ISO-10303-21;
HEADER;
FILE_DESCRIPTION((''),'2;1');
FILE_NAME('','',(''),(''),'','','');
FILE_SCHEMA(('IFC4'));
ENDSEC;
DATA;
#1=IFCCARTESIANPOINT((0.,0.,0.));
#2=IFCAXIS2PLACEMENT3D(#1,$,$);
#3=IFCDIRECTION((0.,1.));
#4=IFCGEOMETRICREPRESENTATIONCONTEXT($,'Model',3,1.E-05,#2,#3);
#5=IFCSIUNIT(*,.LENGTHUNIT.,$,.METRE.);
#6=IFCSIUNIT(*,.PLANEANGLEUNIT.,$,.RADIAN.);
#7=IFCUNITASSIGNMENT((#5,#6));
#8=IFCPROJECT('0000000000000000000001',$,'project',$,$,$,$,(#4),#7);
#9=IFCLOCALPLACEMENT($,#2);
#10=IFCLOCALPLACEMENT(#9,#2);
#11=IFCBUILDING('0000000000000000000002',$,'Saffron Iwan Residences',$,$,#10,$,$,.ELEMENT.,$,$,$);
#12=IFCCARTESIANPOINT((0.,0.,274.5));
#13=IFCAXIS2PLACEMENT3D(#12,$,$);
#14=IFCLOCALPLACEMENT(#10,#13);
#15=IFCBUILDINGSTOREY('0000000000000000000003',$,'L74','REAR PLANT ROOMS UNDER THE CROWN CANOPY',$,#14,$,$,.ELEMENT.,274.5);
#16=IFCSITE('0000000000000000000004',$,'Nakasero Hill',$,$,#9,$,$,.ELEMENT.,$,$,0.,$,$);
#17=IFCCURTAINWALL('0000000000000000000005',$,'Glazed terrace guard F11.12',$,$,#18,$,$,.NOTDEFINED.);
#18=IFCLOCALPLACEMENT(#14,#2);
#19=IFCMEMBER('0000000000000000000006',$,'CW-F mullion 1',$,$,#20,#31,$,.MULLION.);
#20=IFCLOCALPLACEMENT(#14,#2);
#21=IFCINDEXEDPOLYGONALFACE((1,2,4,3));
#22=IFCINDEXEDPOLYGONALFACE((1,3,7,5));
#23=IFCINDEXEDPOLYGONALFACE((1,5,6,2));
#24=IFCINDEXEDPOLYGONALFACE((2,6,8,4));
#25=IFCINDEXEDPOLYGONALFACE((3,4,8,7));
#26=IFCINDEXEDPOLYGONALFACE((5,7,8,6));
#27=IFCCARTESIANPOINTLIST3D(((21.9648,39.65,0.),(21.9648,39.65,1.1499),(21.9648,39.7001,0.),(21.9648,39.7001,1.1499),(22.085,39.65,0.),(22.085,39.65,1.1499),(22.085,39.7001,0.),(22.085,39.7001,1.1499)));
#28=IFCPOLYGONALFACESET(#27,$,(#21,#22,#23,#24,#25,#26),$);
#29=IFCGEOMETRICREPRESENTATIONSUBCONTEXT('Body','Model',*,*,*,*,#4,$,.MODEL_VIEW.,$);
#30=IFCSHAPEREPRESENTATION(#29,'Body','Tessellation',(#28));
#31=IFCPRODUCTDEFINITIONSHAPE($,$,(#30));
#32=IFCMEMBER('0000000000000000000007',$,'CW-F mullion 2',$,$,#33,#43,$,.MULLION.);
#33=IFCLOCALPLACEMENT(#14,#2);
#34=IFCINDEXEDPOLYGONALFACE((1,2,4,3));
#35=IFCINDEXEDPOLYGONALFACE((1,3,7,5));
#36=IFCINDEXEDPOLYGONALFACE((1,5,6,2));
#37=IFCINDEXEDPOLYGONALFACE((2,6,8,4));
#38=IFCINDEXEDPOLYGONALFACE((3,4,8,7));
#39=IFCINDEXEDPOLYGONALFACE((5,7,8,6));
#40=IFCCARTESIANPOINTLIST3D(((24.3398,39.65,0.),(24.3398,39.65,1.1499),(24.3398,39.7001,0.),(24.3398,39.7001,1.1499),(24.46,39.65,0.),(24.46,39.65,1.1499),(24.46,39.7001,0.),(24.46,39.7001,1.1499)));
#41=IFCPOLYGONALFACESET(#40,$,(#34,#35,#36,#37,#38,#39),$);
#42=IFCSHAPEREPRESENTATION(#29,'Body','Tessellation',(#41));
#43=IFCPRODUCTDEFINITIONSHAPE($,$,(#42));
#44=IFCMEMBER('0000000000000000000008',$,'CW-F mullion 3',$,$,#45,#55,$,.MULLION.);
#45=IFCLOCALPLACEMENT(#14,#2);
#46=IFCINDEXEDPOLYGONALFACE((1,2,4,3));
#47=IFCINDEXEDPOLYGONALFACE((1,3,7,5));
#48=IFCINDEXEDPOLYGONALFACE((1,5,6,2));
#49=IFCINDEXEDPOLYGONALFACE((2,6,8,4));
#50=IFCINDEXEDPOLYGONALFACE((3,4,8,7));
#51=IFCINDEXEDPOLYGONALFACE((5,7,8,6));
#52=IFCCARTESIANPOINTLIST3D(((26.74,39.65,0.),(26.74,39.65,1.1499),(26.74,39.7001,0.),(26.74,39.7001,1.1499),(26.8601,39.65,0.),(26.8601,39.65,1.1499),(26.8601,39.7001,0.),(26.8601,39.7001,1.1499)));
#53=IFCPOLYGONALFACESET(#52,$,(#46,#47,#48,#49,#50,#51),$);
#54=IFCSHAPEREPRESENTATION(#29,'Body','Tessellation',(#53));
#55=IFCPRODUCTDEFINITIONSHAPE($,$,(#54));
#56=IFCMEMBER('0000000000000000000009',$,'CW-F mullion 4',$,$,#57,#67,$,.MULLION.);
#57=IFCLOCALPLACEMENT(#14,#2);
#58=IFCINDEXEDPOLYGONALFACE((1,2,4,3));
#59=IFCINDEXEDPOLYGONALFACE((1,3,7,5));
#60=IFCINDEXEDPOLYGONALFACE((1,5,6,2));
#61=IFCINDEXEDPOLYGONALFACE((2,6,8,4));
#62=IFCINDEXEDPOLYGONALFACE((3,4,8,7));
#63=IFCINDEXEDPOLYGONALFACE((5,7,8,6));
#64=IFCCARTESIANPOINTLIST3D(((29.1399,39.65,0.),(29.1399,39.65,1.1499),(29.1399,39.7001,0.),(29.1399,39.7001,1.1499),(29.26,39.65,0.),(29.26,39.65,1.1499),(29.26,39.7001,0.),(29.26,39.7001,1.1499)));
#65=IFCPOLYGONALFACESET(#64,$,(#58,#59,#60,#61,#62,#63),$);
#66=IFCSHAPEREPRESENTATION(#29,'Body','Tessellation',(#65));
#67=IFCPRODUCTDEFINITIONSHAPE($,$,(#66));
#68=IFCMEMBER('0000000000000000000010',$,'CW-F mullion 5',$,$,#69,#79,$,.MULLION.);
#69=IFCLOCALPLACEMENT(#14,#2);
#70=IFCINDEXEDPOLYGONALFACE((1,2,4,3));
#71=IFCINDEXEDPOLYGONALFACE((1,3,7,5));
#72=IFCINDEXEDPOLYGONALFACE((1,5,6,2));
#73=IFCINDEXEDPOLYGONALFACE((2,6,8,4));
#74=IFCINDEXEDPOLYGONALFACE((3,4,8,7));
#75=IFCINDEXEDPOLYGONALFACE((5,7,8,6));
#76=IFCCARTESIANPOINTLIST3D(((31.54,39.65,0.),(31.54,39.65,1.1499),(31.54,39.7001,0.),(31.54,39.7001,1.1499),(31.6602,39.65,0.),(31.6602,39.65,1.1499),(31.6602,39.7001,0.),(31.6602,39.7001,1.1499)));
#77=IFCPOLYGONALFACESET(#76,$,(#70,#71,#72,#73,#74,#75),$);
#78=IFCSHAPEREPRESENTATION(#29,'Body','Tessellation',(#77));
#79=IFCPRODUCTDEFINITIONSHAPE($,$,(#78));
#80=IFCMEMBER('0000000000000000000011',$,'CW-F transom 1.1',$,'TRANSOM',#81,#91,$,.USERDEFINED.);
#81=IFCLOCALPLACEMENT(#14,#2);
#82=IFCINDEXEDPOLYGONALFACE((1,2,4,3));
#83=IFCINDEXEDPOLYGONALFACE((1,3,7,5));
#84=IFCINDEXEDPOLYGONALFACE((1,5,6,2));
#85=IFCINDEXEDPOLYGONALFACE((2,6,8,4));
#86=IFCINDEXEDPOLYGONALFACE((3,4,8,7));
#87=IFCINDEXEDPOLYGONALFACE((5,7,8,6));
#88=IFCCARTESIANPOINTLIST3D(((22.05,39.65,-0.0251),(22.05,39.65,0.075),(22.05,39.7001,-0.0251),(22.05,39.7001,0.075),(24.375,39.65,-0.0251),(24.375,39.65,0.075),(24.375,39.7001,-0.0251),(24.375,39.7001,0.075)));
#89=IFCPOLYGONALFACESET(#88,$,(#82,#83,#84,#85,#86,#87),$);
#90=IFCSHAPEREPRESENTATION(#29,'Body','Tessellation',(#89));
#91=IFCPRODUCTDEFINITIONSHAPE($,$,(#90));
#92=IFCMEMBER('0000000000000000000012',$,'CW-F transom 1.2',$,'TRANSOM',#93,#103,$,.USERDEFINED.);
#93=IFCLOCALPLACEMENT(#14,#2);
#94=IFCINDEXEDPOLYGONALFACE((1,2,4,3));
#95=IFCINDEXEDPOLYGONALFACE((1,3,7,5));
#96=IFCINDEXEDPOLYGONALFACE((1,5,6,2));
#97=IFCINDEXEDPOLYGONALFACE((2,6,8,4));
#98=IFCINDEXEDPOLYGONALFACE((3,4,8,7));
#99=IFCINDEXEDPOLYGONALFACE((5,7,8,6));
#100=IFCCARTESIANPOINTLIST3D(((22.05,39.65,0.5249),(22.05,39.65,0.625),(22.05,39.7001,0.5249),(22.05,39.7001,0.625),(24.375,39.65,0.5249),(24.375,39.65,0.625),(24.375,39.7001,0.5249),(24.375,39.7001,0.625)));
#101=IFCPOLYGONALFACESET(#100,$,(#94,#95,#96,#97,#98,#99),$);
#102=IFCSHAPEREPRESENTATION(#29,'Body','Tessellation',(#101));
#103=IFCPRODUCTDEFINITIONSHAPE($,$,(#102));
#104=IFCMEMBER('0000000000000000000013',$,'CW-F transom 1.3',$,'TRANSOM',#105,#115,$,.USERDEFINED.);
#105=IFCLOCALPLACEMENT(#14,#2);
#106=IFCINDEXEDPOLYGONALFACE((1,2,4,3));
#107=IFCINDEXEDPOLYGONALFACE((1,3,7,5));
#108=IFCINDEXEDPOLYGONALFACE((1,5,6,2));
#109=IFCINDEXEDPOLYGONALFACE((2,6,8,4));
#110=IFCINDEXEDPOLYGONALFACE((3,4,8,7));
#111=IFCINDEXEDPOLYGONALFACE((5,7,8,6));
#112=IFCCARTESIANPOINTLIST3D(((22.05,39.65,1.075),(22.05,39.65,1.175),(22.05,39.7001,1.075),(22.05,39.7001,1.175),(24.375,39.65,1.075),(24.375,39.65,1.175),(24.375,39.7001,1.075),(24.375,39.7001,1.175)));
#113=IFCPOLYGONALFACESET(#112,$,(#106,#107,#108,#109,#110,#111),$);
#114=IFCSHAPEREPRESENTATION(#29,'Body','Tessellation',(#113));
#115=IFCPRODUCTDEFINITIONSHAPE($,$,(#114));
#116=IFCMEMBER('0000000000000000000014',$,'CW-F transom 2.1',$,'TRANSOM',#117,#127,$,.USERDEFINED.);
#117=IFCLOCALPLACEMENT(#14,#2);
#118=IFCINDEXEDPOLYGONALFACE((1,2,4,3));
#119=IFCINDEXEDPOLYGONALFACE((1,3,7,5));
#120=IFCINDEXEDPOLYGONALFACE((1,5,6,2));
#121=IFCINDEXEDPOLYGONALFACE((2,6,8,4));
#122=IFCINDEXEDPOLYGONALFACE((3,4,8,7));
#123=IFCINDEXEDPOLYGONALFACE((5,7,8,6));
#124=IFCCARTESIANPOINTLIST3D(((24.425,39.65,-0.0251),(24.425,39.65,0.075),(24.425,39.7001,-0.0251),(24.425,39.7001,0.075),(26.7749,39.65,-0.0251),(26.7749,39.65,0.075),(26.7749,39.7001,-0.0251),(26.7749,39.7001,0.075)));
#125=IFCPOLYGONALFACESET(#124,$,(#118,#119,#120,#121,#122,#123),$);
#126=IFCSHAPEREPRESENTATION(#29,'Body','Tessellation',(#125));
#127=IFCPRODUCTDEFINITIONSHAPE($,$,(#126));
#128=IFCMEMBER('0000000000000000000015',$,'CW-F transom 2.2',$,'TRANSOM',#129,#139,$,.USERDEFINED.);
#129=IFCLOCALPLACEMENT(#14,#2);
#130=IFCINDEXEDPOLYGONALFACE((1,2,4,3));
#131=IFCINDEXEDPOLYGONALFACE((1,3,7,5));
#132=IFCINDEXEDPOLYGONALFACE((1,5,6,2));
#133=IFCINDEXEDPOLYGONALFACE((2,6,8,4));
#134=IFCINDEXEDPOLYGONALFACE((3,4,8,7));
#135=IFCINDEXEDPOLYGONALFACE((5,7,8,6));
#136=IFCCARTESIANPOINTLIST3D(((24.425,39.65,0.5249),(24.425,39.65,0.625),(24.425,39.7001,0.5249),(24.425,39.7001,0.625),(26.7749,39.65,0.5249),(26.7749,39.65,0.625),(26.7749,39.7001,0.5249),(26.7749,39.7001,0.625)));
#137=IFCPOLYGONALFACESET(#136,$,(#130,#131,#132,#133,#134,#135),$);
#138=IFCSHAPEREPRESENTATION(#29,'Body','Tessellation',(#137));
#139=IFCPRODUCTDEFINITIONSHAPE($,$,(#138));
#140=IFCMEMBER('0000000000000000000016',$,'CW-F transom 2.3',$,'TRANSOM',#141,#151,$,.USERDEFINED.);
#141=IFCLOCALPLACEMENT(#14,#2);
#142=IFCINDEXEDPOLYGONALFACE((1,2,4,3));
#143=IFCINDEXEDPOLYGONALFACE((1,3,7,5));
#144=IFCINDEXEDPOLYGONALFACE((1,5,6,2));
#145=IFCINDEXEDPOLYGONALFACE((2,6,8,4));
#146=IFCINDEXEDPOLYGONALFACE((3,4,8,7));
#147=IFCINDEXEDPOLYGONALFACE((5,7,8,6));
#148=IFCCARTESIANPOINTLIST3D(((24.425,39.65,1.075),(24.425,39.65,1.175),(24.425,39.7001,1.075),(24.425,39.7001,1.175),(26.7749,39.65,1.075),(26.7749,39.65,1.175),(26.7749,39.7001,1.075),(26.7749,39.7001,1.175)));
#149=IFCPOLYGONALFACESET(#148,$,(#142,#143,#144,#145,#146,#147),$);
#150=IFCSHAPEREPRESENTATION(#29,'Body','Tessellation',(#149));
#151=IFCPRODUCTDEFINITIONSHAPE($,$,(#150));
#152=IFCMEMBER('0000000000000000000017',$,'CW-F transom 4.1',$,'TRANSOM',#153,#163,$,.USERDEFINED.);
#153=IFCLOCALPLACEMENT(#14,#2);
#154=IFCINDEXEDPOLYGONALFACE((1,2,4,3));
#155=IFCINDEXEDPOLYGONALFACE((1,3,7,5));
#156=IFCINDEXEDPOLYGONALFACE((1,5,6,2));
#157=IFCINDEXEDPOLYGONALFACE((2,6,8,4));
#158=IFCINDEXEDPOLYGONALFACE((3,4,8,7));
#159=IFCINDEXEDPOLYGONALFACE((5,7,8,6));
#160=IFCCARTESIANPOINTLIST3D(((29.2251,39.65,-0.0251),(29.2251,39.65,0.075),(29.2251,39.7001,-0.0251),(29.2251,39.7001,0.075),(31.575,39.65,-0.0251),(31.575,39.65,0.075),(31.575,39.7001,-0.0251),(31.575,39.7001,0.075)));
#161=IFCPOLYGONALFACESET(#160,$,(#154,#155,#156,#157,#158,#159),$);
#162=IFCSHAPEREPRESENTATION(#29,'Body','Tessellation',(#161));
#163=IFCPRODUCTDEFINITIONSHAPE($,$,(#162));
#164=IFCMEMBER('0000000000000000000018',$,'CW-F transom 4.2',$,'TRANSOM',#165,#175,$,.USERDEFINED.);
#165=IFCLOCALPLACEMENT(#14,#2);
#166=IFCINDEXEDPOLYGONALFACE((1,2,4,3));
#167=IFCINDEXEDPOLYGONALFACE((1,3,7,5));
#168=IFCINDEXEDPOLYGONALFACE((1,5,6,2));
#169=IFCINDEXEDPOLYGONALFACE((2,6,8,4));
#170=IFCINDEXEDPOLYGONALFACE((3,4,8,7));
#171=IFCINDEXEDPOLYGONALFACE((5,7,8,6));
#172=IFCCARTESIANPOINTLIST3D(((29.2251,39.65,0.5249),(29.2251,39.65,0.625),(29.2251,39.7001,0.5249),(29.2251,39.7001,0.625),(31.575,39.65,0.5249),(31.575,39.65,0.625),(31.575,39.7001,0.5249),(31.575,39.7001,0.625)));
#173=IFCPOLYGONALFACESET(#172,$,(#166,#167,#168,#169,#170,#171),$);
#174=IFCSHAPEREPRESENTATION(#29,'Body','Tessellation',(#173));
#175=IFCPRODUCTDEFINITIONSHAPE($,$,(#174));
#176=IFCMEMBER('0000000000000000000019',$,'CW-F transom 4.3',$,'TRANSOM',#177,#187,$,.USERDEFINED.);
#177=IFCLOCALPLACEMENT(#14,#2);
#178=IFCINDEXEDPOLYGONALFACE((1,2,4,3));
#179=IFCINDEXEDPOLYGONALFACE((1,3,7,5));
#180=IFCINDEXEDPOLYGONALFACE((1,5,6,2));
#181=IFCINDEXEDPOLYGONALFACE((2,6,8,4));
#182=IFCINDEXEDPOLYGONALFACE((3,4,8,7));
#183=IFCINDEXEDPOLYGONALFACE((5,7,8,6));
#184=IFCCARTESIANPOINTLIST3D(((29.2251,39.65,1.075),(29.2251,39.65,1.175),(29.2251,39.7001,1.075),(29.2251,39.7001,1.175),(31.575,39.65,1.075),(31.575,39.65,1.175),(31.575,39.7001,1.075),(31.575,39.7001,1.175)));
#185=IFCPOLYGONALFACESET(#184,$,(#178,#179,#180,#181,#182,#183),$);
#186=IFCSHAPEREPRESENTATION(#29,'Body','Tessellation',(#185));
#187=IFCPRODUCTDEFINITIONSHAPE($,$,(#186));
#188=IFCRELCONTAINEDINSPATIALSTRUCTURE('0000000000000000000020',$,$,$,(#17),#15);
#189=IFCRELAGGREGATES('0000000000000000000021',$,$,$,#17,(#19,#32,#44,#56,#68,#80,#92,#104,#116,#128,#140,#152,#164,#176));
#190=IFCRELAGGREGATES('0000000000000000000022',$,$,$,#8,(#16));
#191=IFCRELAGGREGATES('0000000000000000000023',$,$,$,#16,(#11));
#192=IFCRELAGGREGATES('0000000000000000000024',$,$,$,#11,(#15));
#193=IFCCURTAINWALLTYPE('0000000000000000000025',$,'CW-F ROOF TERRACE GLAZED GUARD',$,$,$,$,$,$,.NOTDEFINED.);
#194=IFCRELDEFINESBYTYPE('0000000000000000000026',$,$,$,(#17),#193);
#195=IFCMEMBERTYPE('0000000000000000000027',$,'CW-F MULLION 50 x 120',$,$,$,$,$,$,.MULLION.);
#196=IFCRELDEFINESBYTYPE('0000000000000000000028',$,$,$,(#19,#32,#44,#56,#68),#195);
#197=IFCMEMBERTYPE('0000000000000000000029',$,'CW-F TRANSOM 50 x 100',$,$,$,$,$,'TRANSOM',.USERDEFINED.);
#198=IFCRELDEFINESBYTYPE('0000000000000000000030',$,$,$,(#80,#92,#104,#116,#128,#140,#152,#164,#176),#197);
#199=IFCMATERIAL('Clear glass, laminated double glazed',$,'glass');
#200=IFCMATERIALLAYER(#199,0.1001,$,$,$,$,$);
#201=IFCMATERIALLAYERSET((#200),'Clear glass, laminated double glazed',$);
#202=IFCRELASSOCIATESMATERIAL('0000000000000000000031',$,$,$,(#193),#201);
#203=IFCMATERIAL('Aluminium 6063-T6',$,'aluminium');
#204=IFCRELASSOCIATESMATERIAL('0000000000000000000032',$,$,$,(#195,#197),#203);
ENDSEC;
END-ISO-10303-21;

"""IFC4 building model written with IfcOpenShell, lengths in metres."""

from ifc_helpers import new_model, si_unit, direction, frame, origin, origin_2d, place, context, subcontext, project, spatial, rectangle, extrude, source, transform, mapped, material, layer, layer_set, material_profile, profile_set, type_object, element, aggregate, save


model = new_model("IFC4")

# Units and contexts
model_context = context("Model", 3, precision=1e-05, world=origin(), true_north=direction((0.0, 1.0)))
body_context = subcontext(model_context, "Body", "Model", "MODEL_VIEW")
ifc_project = project(units=[si_unit("LENGTHUNIT", "METRE"), si_unit("PLANEANGLEUNIT", "RADIAN")], contexts=[model_context])

# Site, building, storey
site_placement = place(None, origin())
site = spatial("IfcSite", under=ifc_project, at=site_placement, Name="Nakasero Hill", CompositionType="ELEMENT", RefElevation=0.0)
building_placement = place(site_placement, origin())
building = spatial("IfcBuilding", under=site, at=building_placement, Name="Saffron Iwan Residences", CompositionType="ELEMENT")
storey_placement = place(building_placement, frame((0.0, 0.0, 274.5)))
storey = spatial("IfcBuildingStorey", under=building, at=storey_placement, Name="L74", Description="REAR PLANT ROOMS UNDER THE CROWN CANOPY", CompositionType="ELEMENT", Elevation=274.5)

# Curtain wall, members
ifc_material_1 = material(Name="Clear glass, laminated double glazed", Category="glass")
ifc_layer_1 = layer(ifc_material_1, 0.1001)
ifc_layer_set_1 = layer_set([ifc_layer_1], Name="Clear glass, laminated double glazed")
curtain_wall_type = type_object("IfcCurtainWallType", Name="CW-F ROOF TERRACE GLAZED GUARD", PredefinedType="NOTDEFINED", material=ifc_layer_set_1)
curtain_wall_placement = place(storey_placement, origin())
curtain_wall = element("IfcCurtainWall", 1, at=curtain_wall_placement, inside=storey, type_object=curtain_wall_type, Name="Glazed terrace guard F11.12", PredefinedType="NOTDEFINED")
ifc_material_2 = material(Name="Aluminium 6063-T6", Category="aluminium")
ifc_material_profile_1 = material_profile(ifc_material_2, rectangle(XDim=0.05, YDim=0.1201, at=origin_2d()), Name="CW-F MULLION 50 x 120")
ifc_profile_set_1 = profile_set([ifc_material_profile_1], Name="Aluminium 6063-T6")
member_type_1 = type_object("IfcMemberType", Name="CW-F MULLION 50 x 120", PredefinedType="MULLION", material=ifc_profile_set_1)
shared_shape_1 = source(origin(), body_context, "Body", "SweptSolid", [
    extrude(rectangle(XDim=0.05, YDim=0.1201, at=origin_2d()), origin(), (0.0, 0.0, 1.0), 1.1499),
])
member_1_placement = place(storey_placement, frame((22.0249, 39.675, 0.0), z_axis=(0.0, 0.0, 1.0), x_axis=(0.0, 1.0, 0.0)))
member_1 = element("IfcMember", 2, at=member_1_placement, type_object=member_type_1, Name="CW-F mullion 1", PredefinedType="MULLION", context=body_context, shape_type="MappedRepresentation", body=[
    mapped(shared_shape_1, transform((0.0, 0.0, 0.0))),
])
member_2_placement = place(storey_placement, frame((24.3999, 39.675, 0.0), z_axis=(0.0, 0.0, 1.0), x_axis=(0.0, 1.0, 0.0)))
member_2 = element("IfcMember", 3, at=member_2_placement, type_object=member_type_1, Name="CW-F mullion 2", PredefinedType="MULLION", context=body_context, shape_type="MappedRepresentation", body=[
    mapped(shared_shape_1, transform((0.0, 0.0, 0.0))),
])
member_3_placement = place(storey_placement, frame((26.8, 39.675, 0.0), z_axis=(0.0, 0.0, 1.0), x_axis=(0.0, 1.0, 0.0)))
member_3 = element("IfcMember", 4, at=member_3_placement, type_object=member_type_1, Name="CW-F mullion 3", PredefinedType="MULLION", context=body_context, shape_type="MappedRepresentation", body=[
    mapped(shared_shape_1, transform((0.0, 0.0, 0.0))),
])
member_4_placement = place(storey_placement, frame((29.2, 39.675, 0.0), z_axis=(0.0, 0.0, 1.0), x_axis=(0.0, 1.0, 0.0)))
member_4 = element("IfcMember", 5, at=member_4_placement, type_object=member_type_1, Name="CW-F mullion 4", PredefinedType="MULLION", context=body_context, shape_type="MappedRepresentation", body=[
    mapped(shared_shape_1, transform((0.0, 0.0, 0.0))),
])
member_5_placement = place(storey_placement, frame((31.6001, 39.675, 0.0), z_axis=(0.0, 0.0, 1.0), x_axis=(0.0, 1.0, 0.0)))
member_5 = element("IfcMember", 6, at=member_5_placement, type_object=member_type_1, Name="CW-F mullion 5", PredefinedType="MULLION", context=body_context, shape_type="MappedRepresentation", body=[
    mapped(shared_shape_1, transform((0.0, 0.0, 0.0))),
])
ifc_material_profile_2 = material_profile(ifc_material_2, rectangle(XDim=0.05, YDim=0.1001, at=origin_2d()), Name="CW-F TRANSOM 50 x 100")
ifc_profile_set_2 = profile_set([ifc_material_profile_2], Name="Aluminium 6063-T6")
member_type_2 = type_object("IfcMemberType", Name="CW-F TRANSOM 50 x 100", ElementType="TRANSOM", PredefinedType="USERDEFINED", material=ifc_profile_set_2)
shared_shape_2 = source(origin(), body_context, "Body", "SweptSolid", [
    extrude(rectangle(XDim=0.05, YDim=0.1001, at=origin_2d()), origin(), (0.0, 0.0, 1.0), 2.325),
])
member_6_placement = place(storey_placement, frame((22.05, 39.675, 0.0249), z_axis=(1.0, 0.0, 0.0), x_axis=(0.0, 1.0, 0.0)))
member_6 = element("IfcMember", 7, at=member_6_placement, type_object=member_type_2, Name="CW-F transom 1.1", ObjectType="TRANSOM", PredefinedType="USERDEFINED", context=body_context, shape_type="MappedRepresentation", body=[
    mapped(shared_shape_2, transform((0.0, 0.0, 0.0))),
])
member_7_placement = place(storey_placement, frame((22.05, 39.675, 0.575), z_axis=(1.0, 0.0, 0.0), x_axis=(0.0, 1.0, 0.0)))
member_7 = element("IfcMember", 8, at=member_7_placement, type_object=member_type_2, Name="CW-F transom 1.2", ObjectType="TRANSOM", PredefinedType="USERDEFINED", context=body_context, shape_type="MappedRepresentation", body=[
    mapped(shared_shape_2, transform((0.0, 0.0, 0.0))),
])
member_8_placement = place(storey_placement, frame((22.05, 39.675, 1.125), z_axis=(1.0, 0.0, 0.0), x_axis=(0.0, 1.0, 0.0)))
member_8 = element("IfcMember", 9, at=member_8_placement, type_object=member_type_2, Name="CW-F transom 1.3", ObjectType="TRANSOM", PredefinedType="USERDEFINED", context=body_context, shape_type="MappedRepresentation", body=[
    mapped(shared_shape_2, transform((0.0, 0.0, 0.0))),
])
shared_shape_3 = source(origin(), body_context, "Body", "SweptSolid", [
    extrude(rectangle(XDim=0.05, YDim=0.1001, at=origin_2d()), origin(), (0.0, 0.0, 1.0), 2.3499),
])
member_9_placement = place(storey_placement, frame((24.425, 39.675, 0.0249), z_axis=(1.0, 0.0, 0.0), x_axis=(0.0, 1.0, 0.0)))
member_9 = element("IfcMember", 10, at=member_9_placement, type_object=member_type_2, Name="CW-F transom 2.1", ObjectType="TRANSOM", PredefinedType="USERDEFINED", context=body_context, shape_type="MappedRepresentation", body=[
    mapped(shared_shape_3, transform((0.0, 0.0, 0.0))),
])
member_10_placement = place(storey_placement, frame((24.425, 39.675, 0.575), z_axis=(1.0, 0.0, 0.0), x_axis=(0.0, 1.0, 0.0)))
member_10 = element("IfcMember", 11, at=member_10_placement, type_object=member_type_2, Name="CW-F transom 2.2", ObjectType="TRANSOM", PredefinedType="USERDEFINED", context=body_context, shape_type="MappedRepresentation", body=[
    mapped(shared_shape_3, transform((0.0, 0.0, 0.0))),
])
member_11_placement = place(storey_placement, frame((24.425, 39.675, 1.125), z_axis=(1.0, 0.0, 0.0), x_axis=(0.0, 1.0, 0.0)))
member_11 = element("IfcMember", 12, at=member_11_placement, type_object=member_type_2, Name="CW-F transom 2.3", ObjectType="TRANSOM", PredefinedType="USERDEFINED", context=body_context, shape_type="MappedRepresentation", body=[
    mapped(shared_shape_3, transform((0.0, 0.0, 0.0))),
])
member_12_placement = place(storey_placement, frame((29.2251, 39.675, 0.0249), z_axis=(1.0, 0.0, 0.0), x_axis=(0.0, 1.0, 0.0)))
member_12 = element("IfcMember", 13, at=member_12_placement, type_object=member_type_2, Name="CW-F transom 4.1", ObjectType="TRANSOM", PredefinedType="USERDEFINED", context=body_context, shape_type="MappedRepresentation", body=[
    mapped(shared_shape_3, transform((0.0, 0.0, 0.0))),
])
member_13_placement = place(storey_placement, frame((29.2251, 39.675, 0.575), z_axis=(1.0, 0.0, 0.0), x_axis=(0.0, 1.0, 0.0)))
member_13 = element("IfcMember", 14, at=member_13_placement, type_object=member_type_2, Name="CW-F transom 4.2", ObjectType="TRANSOM", PredefinedType="USERDEFINED", context=body_context, shape_type="MappedRepresentation", body=[
    mapped(shared_shape_3, transform((0.0, 0.0, 0.0))),
])
member_14_placement = place(storey_placement, frame((29.2251, 39.675, 1.125), z_axis=(1.0, 0.0, 0.0), x_axis=(0.0, 1.0, 0.0)))
member_14 = element("IfcMember", 15, at=member_14_placement, type_object=member_type_2, Name="CW-F transom 4.3", ObjectType="TRANSOM", PredefinedType="USERDEFINED", context=body_context, shape_type="MappedRepresentation", body=[
    mapped(shared_shape_3, transform((0.0, 0.0, 0.0))),
])

aggregate(curtain_wall, [member_1, member_2, member_3, member_4, member_5, member_6, member_7, member_8, member_9, member_10, member_11, member_12, member_13, member_14])

save(model, "model.ifc")
